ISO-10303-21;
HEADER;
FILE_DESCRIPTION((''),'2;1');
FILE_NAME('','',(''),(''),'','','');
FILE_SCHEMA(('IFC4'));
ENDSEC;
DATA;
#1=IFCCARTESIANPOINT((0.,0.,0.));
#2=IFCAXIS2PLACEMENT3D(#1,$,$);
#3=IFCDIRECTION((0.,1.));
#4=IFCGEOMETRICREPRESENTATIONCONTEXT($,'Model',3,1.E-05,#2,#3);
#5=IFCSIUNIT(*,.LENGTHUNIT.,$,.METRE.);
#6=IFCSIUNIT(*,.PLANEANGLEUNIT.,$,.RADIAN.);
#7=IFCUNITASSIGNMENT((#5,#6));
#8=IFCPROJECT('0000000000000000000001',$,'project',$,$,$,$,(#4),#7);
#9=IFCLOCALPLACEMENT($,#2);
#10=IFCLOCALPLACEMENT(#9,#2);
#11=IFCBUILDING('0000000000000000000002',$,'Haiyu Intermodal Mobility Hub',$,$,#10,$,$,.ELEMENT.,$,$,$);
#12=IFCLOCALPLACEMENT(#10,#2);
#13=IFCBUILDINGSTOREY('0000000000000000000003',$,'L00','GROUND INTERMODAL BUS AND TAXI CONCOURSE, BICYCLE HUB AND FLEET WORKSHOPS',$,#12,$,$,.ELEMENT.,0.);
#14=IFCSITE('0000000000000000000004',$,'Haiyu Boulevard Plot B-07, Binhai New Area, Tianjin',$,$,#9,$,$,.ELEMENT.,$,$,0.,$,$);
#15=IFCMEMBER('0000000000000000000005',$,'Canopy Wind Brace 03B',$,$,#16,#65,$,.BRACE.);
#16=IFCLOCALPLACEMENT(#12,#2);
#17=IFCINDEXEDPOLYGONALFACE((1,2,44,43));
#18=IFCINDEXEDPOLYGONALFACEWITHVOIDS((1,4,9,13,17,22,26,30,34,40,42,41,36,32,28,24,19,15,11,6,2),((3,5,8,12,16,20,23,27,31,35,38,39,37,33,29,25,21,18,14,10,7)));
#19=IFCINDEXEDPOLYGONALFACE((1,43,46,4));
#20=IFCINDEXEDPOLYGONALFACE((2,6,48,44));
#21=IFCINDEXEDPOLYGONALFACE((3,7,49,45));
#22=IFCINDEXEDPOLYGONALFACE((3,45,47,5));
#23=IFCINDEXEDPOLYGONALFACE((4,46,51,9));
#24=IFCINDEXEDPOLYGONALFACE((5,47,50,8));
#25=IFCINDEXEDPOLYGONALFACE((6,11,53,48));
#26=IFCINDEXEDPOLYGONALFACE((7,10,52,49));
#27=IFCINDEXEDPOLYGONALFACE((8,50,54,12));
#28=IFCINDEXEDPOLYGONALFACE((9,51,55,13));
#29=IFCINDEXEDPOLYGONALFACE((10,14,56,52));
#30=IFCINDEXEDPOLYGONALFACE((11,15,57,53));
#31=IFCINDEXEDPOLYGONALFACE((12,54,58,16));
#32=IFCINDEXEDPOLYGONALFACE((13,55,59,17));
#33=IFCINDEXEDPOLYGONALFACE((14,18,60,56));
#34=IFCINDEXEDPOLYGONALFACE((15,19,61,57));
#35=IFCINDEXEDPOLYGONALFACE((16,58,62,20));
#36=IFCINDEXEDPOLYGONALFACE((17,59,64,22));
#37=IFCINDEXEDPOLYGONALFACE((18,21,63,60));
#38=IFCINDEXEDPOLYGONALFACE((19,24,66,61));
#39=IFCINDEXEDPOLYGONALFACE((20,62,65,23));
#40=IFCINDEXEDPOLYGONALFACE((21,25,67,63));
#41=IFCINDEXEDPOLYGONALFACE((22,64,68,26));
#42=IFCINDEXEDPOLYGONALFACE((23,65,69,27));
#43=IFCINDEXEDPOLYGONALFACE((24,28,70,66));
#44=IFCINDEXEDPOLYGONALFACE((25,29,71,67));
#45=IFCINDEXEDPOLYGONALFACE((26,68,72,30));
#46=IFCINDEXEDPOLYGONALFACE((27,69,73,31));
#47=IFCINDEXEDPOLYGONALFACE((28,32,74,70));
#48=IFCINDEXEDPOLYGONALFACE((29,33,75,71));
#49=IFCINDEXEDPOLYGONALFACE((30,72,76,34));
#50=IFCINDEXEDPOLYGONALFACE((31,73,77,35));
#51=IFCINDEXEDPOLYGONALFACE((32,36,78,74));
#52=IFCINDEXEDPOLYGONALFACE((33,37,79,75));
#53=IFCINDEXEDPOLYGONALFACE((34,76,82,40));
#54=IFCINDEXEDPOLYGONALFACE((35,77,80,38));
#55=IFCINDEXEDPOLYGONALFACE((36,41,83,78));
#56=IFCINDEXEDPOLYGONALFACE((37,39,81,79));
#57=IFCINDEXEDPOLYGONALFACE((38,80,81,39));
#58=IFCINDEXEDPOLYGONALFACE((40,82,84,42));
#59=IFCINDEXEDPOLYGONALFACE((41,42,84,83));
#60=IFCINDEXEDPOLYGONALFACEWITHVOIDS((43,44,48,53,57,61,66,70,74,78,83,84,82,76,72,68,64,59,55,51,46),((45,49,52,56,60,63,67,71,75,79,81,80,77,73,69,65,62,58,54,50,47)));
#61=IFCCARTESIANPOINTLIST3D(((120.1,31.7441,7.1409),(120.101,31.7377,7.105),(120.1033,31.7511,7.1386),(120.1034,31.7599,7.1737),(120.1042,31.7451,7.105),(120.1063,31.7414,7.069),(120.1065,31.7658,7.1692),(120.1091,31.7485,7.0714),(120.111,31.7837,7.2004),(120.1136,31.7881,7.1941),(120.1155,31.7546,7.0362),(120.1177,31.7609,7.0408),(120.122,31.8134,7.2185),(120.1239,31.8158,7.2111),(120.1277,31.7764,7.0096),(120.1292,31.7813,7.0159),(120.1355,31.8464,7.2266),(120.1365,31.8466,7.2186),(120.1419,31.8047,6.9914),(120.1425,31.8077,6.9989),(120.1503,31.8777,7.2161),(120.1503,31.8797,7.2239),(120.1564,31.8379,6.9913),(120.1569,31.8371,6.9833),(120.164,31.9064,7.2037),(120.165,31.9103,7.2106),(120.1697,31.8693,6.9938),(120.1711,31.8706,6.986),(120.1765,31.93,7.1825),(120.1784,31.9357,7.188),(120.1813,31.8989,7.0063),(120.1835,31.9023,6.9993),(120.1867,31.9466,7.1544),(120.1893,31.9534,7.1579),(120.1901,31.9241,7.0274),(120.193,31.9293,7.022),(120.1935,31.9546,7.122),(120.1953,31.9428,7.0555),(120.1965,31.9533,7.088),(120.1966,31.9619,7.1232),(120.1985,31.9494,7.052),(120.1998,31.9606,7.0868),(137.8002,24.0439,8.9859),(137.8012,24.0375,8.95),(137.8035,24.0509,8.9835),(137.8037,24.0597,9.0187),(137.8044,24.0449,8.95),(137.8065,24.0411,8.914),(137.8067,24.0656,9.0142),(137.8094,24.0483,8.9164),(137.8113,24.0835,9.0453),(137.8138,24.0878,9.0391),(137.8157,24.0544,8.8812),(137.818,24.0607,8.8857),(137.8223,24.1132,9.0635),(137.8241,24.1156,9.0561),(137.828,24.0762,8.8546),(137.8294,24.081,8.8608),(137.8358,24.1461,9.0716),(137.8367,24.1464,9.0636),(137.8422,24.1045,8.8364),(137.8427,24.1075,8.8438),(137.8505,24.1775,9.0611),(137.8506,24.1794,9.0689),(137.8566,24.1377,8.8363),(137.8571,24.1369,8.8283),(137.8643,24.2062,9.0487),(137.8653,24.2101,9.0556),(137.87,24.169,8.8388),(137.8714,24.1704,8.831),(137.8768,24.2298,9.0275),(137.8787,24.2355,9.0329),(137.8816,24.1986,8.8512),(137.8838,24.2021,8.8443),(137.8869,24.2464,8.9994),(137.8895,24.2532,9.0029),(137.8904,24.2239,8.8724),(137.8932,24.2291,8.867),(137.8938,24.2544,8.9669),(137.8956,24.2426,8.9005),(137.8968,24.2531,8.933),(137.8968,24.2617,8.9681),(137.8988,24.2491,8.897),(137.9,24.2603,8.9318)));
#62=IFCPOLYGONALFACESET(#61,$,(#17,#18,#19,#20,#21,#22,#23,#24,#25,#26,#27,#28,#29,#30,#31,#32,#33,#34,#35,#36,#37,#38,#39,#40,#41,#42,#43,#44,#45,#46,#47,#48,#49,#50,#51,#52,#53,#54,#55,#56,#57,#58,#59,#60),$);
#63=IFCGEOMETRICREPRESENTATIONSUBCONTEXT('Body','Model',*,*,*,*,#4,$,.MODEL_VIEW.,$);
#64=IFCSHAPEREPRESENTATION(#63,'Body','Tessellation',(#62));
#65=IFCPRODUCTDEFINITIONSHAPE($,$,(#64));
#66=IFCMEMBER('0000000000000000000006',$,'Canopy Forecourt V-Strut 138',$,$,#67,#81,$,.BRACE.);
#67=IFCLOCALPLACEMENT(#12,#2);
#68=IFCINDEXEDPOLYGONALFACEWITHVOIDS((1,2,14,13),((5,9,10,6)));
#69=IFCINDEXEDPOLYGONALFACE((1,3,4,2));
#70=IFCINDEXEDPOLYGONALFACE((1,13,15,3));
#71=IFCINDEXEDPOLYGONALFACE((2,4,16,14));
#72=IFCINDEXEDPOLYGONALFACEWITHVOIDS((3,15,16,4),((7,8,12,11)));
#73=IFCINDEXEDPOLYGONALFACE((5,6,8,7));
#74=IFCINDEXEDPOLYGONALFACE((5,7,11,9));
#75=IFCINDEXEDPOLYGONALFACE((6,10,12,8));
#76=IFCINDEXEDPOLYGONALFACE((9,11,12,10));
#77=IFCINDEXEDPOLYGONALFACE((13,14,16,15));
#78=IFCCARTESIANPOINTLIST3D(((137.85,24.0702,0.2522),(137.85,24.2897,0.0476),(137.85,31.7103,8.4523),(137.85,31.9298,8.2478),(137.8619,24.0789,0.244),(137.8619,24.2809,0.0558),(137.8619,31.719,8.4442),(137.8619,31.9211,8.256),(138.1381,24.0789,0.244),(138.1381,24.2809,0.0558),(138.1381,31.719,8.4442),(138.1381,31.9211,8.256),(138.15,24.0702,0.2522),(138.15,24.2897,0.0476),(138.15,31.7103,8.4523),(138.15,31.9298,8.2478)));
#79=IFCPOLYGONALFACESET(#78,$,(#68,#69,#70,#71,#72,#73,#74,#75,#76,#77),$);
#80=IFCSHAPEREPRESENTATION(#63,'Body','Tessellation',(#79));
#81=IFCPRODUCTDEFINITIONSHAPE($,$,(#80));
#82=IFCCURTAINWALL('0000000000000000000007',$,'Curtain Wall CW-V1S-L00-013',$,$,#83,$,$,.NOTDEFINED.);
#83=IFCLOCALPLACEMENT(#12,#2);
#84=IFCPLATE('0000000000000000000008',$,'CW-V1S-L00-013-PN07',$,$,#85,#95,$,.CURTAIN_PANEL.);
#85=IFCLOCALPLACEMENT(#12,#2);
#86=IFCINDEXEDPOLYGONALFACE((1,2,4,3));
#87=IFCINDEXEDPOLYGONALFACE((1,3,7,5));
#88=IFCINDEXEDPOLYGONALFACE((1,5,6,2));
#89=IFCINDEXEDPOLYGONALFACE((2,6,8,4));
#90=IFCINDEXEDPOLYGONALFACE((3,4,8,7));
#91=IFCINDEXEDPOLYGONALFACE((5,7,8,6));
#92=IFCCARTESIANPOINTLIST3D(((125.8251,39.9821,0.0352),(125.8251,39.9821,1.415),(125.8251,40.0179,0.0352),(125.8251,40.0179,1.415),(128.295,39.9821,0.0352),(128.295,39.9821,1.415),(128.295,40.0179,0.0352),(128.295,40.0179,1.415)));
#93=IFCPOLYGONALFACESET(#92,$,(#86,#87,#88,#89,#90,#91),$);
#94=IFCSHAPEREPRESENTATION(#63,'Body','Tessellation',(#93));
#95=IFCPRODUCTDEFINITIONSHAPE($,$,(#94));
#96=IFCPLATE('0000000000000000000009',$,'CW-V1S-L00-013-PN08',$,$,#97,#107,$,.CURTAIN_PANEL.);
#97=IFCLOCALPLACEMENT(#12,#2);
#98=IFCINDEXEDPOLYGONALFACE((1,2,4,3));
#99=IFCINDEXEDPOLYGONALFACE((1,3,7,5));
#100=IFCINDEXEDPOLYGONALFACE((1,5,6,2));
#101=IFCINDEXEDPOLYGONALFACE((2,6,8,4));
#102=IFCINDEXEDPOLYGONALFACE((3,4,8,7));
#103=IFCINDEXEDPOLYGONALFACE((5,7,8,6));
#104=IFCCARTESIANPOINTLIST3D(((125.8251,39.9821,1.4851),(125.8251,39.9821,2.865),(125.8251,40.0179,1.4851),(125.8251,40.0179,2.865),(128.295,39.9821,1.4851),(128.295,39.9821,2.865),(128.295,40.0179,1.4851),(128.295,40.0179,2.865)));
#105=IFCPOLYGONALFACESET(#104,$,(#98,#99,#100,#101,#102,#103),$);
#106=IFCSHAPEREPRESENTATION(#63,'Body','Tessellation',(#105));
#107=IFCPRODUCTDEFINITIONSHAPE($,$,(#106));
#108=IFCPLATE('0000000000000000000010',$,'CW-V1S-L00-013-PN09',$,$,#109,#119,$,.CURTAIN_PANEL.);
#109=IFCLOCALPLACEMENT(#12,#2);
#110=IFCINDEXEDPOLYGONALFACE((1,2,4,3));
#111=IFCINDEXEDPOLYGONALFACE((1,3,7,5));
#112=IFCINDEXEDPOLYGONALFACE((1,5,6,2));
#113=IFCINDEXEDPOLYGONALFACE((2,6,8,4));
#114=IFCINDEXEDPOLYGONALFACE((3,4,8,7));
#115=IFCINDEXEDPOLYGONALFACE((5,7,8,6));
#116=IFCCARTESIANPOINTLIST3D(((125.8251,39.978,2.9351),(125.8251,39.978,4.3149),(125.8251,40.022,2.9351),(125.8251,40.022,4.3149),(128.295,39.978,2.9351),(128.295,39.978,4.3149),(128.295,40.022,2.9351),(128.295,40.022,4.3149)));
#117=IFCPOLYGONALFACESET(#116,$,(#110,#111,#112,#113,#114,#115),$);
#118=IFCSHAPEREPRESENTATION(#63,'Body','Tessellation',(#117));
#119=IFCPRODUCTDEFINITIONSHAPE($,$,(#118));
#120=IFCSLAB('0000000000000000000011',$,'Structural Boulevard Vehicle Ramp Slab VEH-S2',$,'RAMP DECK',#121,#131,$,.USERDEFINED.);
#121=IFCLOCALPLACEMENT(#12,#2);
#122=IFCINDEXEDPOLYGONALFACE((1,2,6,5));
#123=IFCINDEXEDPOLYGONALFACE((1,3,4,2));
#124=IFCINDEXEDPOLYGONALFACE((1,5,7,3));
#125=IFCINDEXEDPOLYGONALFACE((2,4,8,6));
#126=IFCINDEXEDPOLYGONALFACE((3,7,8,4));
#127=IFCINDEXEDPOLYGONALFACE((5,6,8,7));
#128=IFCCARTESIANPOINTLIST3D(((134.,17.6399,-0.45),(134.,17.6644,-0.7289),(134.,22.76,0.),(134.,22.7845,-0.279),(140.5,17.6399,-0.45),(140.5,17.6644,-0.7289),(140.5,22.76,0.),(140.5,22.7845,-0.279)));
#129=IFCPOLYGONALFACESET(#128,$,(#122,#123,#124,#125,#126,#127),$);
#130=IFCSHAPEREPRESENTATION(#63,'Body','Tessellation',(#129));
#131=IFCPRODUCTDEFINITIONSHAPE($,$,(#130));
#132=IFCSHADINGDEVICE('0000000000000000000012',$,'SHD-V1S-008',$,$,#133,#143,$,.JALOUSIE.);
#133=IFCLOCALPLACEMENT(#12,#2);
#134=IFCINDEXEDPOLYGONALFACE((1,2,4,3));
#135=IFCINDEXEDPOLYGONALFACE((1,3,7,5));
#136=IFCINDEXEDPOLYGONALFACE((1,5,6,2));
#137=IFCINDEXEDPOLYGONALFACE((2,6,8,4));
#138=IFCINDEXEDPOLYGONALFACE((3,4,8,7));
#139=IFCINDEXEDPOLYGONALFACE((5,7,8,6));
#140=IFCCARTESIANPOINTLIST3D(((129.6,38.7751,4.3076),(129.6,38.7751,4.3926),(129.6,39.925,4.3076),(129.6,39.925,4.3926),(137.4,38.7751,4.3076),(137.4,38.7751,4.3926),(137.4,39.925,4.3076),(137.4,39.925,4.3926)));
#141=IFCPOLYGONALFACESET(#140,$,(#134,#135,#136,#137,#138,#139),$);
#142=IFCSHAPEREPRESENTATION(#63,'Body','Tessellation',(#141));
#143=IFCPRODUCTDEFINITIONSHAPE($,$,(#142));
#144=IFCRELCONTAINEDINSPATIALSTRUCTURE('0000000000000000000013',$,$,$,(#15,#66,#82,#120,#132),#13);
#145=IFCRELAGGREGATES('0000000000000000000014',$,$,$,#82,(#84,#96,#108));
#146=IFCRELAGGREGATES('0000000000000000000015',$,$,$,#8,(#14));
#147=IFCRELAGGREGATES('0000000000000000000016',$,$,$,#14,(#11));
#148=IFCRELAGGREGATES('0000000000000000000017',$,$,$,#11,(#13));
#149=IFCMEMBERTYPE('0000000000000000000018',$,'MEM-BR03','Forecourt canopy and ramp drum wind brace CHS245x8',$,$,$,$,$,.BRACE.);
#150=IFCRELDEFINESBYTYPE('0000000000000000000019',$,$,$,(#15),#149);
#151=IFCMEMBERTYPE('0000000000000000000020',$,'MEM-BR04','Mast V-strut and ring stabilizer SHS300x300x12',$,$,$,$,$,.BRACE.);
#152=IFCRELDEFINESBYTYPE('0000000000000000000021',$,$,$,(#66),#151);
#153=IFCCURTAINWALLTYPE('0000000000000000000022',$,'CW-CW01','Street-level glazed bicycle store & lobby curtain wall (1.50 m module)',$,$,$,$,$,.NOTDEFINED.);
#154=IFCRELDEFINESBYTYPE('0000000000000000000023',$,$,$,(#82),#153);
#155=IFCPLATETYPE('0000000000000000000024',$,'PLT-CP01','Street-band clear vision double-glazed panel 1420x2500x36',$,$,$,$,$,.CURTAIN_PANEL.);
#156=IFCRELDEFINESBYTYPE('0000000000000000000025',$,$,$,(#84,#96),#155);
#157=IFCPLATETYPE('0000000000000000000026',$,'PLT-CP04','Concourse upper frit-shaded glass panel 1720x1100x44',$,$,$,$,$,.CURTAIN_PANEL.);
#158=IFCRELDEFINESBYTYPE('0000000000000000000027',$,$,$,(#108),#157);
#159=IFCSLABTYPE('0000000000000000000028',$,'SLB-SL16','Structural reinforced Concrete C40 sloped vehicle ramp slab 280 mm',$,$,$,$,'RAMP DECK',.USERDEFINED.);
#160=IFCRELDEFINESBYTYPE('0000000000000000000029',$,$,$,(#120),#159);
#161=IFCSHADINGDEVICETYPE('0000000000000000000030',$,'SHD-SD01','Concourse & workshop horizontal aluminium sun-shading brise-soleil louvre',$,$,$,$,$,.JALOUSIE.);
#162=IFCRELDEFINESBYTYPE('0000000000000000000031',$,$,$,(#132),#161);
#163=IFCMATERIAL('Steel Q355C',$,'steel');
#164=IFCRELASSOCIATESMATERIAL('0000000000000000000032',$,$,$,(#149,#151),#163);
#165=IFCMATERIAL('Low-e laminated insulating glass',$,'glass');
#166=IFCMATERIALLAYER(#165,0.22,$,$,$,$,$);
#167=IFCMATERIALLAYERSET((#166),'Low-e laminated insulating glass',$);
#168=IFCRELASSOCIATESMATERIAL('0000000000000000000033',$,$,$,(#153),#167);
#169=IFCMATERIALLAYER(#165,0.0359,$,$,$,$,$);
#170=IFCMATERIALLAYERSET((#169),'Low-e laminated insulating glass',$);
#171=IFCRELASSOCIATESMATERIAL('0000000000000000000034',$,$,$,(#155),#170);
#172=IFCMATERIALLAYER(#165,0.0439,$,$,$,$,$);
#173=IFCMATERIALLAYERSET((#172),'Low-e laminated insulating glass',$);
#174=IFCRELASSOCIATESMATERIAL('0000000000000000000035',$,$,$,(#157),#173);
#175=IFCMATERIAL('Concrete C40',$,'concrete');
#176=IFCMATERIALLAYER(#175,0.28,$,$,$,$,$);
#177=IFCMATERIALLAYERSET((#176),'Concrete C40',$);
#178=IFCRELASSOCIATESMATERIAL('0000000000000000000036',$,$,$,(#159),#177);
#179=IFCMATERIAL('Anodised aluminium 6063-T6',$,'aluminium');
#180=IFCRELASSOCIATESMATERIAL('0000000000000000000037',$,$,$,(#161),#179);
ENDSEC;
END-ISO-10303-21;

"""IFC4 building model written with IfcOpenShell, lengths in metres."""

from ifc_helpers import new_model, si_unit, direction, frame, origin, origin_2d, place, context, subcontext, project, spatial, polyline, rectangle, hollow_rectangle, hollow_circle, outline, extrude, material, layer, layer_set, material_profile, profile_set, type_object, element, aggregate, save


model = new_model("IFC4")

# Units and contexts
model_context = context("Model", 3, precision=1e-05, world=origin(), true_north=direction((0.0, 1.0)))
body_context = subcontext(model_context, "Body", "Model", "MODEL_VIEW")
ifc_project = project(units=[si_unit("LENGTHUNIT", "METRE"), si_unit("PLANEANGLEUNIT", "RADIAN")], contexts=[model_context])

# Site, building, storey
site_placement = place(None, origin())
site = spatial("IfcSite", under=ifc_project, at=site_placement, Name="Haiyu Boulevard Plot B-07, Binhai New Area, Tianjin", CompositionType="ELEMENT", RefElevation=0.0)
building_placement = place(site_placement, origin())
building = spatial("IfcBuilding", under=site, at=building_placement, Name="Haiyu Intermodal Mobility Hub", CompositionType="ELEMENT")
storey_placement = place(building_placement, origin())
storey = spatial("IfcBuildingStorey", under=building, at=storey_placement, Name="L00", Description="GROUND INTERMODAL BUS AND TAXI CONCOURSE, BICYCLE HUB AND FLEET WORKSHOPS", CompositionType="ELEMENT", Elevation=0.0)

# Shared definitions
ifc_material_1 = material(Name="Concrete C40", Category="concrete")

# Shared definitions
ifc_material_2 = material(Name="Steel Q355C", Category="steel")

# Members
ifc_material_profile_1 = material_profile(ifc_material_2, hollow_circle(Radius=0.1226, WallThickness=0.0081, at=origin_2d()), Name="CHS245x8")
ifc_profile_set_1 = profile_set([ifc_material_profile_1], Name="Steel Q355C")
member_type_1 = type_object("IfcMemberType", Name="MEM-BR03", Description="Forecourt canopy and ramp drum wind brace CHS245x8", PredefinedType="BRACE", material=ifc_profile_set_1)
member_1_placement = place(storey_placement, frame((137.8501, 24.1499, 8.95), z_axis=(-0.912825, 0.397111, -0.095148), x_axis=(-0.39892, -0.916986, 0.0)))
element("IfcMember", 1, at=member_1_placement, inside=storey, type_object=member_type_1, Name="Canopy Wind Brace 03B", PredefinedType="BRACE", context=body_context, shape_type="SweptSolid", body=[
    extrude(hollow_circle(Radius=0.1226, WallThickness=0.0081, at=origin_2d()), origin(), (0.0, 0.0, 1.0), 19.3906),
])
ifc_material_profile_2 = material_profile(ifc_material_2, hollow_rectangle(XDim=0.3, YDim=0.3, WallThickness=0.012, at=origin_2d()), Name="SHS300x300x12")
ifc_profile_set_2 = profile_set([ifc_material_profile_2], Name="Steel Q355C")
member_type_2 = type_object("IfcMemberType", Name="MEM-BR04", Description="Mast V-strut and ring stabilizer SHS300x300x12", PredefinedType="BRACE", material=ifc_profile_set_2)
member_2_placement = place(storey_placement, frame((138.0, 24.1799, 0.1499), z_axis=(0.0, 0.68168, 0.73165), x_axis=(-1.0, 0.0, 0.0)))
element("IfcMember", 2, at=member_2_placement, inside=storey, type_object=member_type_2, Name="Canopy Forecourt V-Strut 138", PredefinedType="BRACE", context=body_context, shape_type="SweptSolid", body=[
    extrude(hollow_rectangle(XDim=0.3, YDim=0.3, WallThickness=0.012, at=origin_2d()), origin(), (0.0, 0.0, 1.0), 11.2078),
])

# Curtain wall, plates
ifc_material_3 = material(Name="Low-e laminated insulating glass", Category="glass")
ifc_layer_1 = layer(ifc_material_3, 0.22)
ifc_layer_set_1 = layer_set([ifc_layer_1], Name="Low-e laminated insulating glass")
curtain_wall_type = type_object("IfcCurtainWallType", Name="CW-CW01", Description="Street-level glazed bicycle store & lobby curtain wall (1.50 m module)", PredefinedType="NOTDEFINED", material=ifc_layer_set_1)
curtain_wall_placement = place(storey_placement, origin())
curtain_wall = element("IfcCurtainWall", 3, at=curtain_wall_placement, inside=storey, type_object=curtain_wall_type, Name="Curtain Wall CW-V1S-L00-013", PredefinedType="NOTDEFINED")
ifc_layer_2 = layer(ifc_material_3, 0.0359)
ifc_layer_set_2 = layer_set([ifc_layer_2], Name="Low-e laminated insulating glass")
plate_type_1 = type_object("IfcPlateType", Name="PLT-CP01", Description="Street-band clear vision double-glazed panel 1420x2500x36", PredefinedType="CURTAIN_PANEL", material=ifc_layer_set_2)
plate_1_placement = place(storey_placement, frame((127.0601, 40.0, 0.0352), z_axis=(0.0, 0.0, 1.0), x_axis=(1.0, 0.0, 0.0)))
plate_1 = element("IfcPlate", 4, at=plate_1_placement, type_object=plate_type_1, Name="CW-V1S-L00-013-PN07", PredefinedType="CURTAIN_PANEL", context=body_context, shape_type="SweptSolid", body=[
    extrude(rectangle(XDim=2.47, YDim=0.0359, at=origin_2d()), origin(), (0.0, 0.0, 1.0), 1.3799),
])
plate_2_placement = place(storey_placement, frame((127.0601, 40.0, 1.4851), z_axis=(0.0, 0.0, 1.0), x_axis=(1.0, 0.0, 0.0)))
plate_2 = element("IfcPlate", 5, at=plate_2_placement, type_object=plate_type_1, Name="CW-V1S-L00-013-PN08", PredefinedType="CURTAIN_PANEL", context=body_context, shape_type="SweptSolid", body=[
    extrude(rectangle(XDim=2.47, YDim=0.0359, at=origin_2d()), origin(), (0.0, 0.0, 1.0), 1.3799),
])
ifc_layer_3 = layer(ifc_material_3, 0.0439)
ifc_layer_set_3 = layer_set([ifc_layer_3], Name="Low-e laminated insulating glass")
plate_type_2 = type_object("IfcPlateType", Name="PLT-CP04", Description="Concourse upper frit-shaded glass panel 1720x1100x44", PredefinedType="CURTAIN_PANEL", material=ifc_layer_set_3)
plate_3_placement = place(storey_placement, frame((127.0601, 40.0, 2.9351), z_axis=(0.0, 0.0, 1.0), x_axis=(1.0, 0.0, 0.0)))
plate_3 = element("IfcPlate", 6, at=plate_3_placement, type_object=plate_type_2, Name="CW-V1S-L00-013-PN09", PredefinedType="CURTAIN_PANEL", context=body_context, shape_type="SweptSolid", body=[
    extrude(rectangle(XDim=2.47, YDim=0.0439, at=origin_2d()), origin(), (0.0, 0.0, 1.0), 1.3799),
])
aggregate(curtain_wall, [plate_1, plate_2, plate_3])

# Slab
ifc_layer_4 = layer(ifc_material_1, 0.28)
ifc_layer_set_4 = layer_set([ifc_layer_4], Name="Concrete C40")
slab_type = type_object("IfcSlabType", Name="SLB-SL16", Description="Structural reinforced Concrete C40 sloped vehicle ramp slab 280 mm", ElementType="RAMP DECK", PredefinedType="USERDEFINED", material=ifc_layer_set_4)
slab_placement = place(storey_placement, frame((134.0, 17.6399, -0.45), z_axis=(0.0, -0.087542, 0.996161), x_axis=(1.0, 0.0, 0.0)))
element("IfcSlab", 7, at=slab_placement, inside=storey, type_object=slab_type, Name="Structural Boulevard Vehicle Ramp Slab VEH-S2", ObjectType="RAMP DECK", PredefinedType="USERDEFINED", context=body_context, shape_type="SweptSolid", body=[
    extrude(outline(polyline([(0.0, 0.0), (6.5, 0.0), (6.5, 5.1398), (0.0, 5.1398), (0.0, 0.0)])), origin(), (0.0, 0.0, -1.0), 0.28),
])

# Shading device
ifc_material_4 = material(Name="Anodised aluminium 6063-T6", Category="aluminium")
ifc_material_profile_3 = material_profile(ifc_material_4, rectangle(XDim=0.0801, YDim=0.45, at=origin_2d()), Name="FIN80x450")
ifc_profile_set_3 = profile_set([ifc_material_profile_3], Name="Anodised aluminium 6063-T6")
shading_device_type = type_object("IfcShadingDeviceType", Name="SHD-SD01", Description="Concourse & workshop horizontal aluminium sun-shading brise-soleil louvre", PredefinedType="JALOUSIE", material=ifc_profile_set_3)
shading_device_placement = place(storey_placement, frame((133.5, 39.3501, 4.3076), z_axis=(0.0, 0.0, 1.0), x_axis=(1.0, 0.0, 0.0)))
element("IfcShadingDevice", 8, at=shading_device_placement, inside=storey, type_object=shading_device_type, Name="SHD-V1S-008", PredefinedType="JALOUSIE", context=body_context, shape_type="SweptSolid", body=[
    extrude(rectangle(XDim=7.8, YDim=1.1499, at=origin_2d()), origin(), (0.0, 0.0, 1.0), 0.085),
])

save(model, "model.ifc")
